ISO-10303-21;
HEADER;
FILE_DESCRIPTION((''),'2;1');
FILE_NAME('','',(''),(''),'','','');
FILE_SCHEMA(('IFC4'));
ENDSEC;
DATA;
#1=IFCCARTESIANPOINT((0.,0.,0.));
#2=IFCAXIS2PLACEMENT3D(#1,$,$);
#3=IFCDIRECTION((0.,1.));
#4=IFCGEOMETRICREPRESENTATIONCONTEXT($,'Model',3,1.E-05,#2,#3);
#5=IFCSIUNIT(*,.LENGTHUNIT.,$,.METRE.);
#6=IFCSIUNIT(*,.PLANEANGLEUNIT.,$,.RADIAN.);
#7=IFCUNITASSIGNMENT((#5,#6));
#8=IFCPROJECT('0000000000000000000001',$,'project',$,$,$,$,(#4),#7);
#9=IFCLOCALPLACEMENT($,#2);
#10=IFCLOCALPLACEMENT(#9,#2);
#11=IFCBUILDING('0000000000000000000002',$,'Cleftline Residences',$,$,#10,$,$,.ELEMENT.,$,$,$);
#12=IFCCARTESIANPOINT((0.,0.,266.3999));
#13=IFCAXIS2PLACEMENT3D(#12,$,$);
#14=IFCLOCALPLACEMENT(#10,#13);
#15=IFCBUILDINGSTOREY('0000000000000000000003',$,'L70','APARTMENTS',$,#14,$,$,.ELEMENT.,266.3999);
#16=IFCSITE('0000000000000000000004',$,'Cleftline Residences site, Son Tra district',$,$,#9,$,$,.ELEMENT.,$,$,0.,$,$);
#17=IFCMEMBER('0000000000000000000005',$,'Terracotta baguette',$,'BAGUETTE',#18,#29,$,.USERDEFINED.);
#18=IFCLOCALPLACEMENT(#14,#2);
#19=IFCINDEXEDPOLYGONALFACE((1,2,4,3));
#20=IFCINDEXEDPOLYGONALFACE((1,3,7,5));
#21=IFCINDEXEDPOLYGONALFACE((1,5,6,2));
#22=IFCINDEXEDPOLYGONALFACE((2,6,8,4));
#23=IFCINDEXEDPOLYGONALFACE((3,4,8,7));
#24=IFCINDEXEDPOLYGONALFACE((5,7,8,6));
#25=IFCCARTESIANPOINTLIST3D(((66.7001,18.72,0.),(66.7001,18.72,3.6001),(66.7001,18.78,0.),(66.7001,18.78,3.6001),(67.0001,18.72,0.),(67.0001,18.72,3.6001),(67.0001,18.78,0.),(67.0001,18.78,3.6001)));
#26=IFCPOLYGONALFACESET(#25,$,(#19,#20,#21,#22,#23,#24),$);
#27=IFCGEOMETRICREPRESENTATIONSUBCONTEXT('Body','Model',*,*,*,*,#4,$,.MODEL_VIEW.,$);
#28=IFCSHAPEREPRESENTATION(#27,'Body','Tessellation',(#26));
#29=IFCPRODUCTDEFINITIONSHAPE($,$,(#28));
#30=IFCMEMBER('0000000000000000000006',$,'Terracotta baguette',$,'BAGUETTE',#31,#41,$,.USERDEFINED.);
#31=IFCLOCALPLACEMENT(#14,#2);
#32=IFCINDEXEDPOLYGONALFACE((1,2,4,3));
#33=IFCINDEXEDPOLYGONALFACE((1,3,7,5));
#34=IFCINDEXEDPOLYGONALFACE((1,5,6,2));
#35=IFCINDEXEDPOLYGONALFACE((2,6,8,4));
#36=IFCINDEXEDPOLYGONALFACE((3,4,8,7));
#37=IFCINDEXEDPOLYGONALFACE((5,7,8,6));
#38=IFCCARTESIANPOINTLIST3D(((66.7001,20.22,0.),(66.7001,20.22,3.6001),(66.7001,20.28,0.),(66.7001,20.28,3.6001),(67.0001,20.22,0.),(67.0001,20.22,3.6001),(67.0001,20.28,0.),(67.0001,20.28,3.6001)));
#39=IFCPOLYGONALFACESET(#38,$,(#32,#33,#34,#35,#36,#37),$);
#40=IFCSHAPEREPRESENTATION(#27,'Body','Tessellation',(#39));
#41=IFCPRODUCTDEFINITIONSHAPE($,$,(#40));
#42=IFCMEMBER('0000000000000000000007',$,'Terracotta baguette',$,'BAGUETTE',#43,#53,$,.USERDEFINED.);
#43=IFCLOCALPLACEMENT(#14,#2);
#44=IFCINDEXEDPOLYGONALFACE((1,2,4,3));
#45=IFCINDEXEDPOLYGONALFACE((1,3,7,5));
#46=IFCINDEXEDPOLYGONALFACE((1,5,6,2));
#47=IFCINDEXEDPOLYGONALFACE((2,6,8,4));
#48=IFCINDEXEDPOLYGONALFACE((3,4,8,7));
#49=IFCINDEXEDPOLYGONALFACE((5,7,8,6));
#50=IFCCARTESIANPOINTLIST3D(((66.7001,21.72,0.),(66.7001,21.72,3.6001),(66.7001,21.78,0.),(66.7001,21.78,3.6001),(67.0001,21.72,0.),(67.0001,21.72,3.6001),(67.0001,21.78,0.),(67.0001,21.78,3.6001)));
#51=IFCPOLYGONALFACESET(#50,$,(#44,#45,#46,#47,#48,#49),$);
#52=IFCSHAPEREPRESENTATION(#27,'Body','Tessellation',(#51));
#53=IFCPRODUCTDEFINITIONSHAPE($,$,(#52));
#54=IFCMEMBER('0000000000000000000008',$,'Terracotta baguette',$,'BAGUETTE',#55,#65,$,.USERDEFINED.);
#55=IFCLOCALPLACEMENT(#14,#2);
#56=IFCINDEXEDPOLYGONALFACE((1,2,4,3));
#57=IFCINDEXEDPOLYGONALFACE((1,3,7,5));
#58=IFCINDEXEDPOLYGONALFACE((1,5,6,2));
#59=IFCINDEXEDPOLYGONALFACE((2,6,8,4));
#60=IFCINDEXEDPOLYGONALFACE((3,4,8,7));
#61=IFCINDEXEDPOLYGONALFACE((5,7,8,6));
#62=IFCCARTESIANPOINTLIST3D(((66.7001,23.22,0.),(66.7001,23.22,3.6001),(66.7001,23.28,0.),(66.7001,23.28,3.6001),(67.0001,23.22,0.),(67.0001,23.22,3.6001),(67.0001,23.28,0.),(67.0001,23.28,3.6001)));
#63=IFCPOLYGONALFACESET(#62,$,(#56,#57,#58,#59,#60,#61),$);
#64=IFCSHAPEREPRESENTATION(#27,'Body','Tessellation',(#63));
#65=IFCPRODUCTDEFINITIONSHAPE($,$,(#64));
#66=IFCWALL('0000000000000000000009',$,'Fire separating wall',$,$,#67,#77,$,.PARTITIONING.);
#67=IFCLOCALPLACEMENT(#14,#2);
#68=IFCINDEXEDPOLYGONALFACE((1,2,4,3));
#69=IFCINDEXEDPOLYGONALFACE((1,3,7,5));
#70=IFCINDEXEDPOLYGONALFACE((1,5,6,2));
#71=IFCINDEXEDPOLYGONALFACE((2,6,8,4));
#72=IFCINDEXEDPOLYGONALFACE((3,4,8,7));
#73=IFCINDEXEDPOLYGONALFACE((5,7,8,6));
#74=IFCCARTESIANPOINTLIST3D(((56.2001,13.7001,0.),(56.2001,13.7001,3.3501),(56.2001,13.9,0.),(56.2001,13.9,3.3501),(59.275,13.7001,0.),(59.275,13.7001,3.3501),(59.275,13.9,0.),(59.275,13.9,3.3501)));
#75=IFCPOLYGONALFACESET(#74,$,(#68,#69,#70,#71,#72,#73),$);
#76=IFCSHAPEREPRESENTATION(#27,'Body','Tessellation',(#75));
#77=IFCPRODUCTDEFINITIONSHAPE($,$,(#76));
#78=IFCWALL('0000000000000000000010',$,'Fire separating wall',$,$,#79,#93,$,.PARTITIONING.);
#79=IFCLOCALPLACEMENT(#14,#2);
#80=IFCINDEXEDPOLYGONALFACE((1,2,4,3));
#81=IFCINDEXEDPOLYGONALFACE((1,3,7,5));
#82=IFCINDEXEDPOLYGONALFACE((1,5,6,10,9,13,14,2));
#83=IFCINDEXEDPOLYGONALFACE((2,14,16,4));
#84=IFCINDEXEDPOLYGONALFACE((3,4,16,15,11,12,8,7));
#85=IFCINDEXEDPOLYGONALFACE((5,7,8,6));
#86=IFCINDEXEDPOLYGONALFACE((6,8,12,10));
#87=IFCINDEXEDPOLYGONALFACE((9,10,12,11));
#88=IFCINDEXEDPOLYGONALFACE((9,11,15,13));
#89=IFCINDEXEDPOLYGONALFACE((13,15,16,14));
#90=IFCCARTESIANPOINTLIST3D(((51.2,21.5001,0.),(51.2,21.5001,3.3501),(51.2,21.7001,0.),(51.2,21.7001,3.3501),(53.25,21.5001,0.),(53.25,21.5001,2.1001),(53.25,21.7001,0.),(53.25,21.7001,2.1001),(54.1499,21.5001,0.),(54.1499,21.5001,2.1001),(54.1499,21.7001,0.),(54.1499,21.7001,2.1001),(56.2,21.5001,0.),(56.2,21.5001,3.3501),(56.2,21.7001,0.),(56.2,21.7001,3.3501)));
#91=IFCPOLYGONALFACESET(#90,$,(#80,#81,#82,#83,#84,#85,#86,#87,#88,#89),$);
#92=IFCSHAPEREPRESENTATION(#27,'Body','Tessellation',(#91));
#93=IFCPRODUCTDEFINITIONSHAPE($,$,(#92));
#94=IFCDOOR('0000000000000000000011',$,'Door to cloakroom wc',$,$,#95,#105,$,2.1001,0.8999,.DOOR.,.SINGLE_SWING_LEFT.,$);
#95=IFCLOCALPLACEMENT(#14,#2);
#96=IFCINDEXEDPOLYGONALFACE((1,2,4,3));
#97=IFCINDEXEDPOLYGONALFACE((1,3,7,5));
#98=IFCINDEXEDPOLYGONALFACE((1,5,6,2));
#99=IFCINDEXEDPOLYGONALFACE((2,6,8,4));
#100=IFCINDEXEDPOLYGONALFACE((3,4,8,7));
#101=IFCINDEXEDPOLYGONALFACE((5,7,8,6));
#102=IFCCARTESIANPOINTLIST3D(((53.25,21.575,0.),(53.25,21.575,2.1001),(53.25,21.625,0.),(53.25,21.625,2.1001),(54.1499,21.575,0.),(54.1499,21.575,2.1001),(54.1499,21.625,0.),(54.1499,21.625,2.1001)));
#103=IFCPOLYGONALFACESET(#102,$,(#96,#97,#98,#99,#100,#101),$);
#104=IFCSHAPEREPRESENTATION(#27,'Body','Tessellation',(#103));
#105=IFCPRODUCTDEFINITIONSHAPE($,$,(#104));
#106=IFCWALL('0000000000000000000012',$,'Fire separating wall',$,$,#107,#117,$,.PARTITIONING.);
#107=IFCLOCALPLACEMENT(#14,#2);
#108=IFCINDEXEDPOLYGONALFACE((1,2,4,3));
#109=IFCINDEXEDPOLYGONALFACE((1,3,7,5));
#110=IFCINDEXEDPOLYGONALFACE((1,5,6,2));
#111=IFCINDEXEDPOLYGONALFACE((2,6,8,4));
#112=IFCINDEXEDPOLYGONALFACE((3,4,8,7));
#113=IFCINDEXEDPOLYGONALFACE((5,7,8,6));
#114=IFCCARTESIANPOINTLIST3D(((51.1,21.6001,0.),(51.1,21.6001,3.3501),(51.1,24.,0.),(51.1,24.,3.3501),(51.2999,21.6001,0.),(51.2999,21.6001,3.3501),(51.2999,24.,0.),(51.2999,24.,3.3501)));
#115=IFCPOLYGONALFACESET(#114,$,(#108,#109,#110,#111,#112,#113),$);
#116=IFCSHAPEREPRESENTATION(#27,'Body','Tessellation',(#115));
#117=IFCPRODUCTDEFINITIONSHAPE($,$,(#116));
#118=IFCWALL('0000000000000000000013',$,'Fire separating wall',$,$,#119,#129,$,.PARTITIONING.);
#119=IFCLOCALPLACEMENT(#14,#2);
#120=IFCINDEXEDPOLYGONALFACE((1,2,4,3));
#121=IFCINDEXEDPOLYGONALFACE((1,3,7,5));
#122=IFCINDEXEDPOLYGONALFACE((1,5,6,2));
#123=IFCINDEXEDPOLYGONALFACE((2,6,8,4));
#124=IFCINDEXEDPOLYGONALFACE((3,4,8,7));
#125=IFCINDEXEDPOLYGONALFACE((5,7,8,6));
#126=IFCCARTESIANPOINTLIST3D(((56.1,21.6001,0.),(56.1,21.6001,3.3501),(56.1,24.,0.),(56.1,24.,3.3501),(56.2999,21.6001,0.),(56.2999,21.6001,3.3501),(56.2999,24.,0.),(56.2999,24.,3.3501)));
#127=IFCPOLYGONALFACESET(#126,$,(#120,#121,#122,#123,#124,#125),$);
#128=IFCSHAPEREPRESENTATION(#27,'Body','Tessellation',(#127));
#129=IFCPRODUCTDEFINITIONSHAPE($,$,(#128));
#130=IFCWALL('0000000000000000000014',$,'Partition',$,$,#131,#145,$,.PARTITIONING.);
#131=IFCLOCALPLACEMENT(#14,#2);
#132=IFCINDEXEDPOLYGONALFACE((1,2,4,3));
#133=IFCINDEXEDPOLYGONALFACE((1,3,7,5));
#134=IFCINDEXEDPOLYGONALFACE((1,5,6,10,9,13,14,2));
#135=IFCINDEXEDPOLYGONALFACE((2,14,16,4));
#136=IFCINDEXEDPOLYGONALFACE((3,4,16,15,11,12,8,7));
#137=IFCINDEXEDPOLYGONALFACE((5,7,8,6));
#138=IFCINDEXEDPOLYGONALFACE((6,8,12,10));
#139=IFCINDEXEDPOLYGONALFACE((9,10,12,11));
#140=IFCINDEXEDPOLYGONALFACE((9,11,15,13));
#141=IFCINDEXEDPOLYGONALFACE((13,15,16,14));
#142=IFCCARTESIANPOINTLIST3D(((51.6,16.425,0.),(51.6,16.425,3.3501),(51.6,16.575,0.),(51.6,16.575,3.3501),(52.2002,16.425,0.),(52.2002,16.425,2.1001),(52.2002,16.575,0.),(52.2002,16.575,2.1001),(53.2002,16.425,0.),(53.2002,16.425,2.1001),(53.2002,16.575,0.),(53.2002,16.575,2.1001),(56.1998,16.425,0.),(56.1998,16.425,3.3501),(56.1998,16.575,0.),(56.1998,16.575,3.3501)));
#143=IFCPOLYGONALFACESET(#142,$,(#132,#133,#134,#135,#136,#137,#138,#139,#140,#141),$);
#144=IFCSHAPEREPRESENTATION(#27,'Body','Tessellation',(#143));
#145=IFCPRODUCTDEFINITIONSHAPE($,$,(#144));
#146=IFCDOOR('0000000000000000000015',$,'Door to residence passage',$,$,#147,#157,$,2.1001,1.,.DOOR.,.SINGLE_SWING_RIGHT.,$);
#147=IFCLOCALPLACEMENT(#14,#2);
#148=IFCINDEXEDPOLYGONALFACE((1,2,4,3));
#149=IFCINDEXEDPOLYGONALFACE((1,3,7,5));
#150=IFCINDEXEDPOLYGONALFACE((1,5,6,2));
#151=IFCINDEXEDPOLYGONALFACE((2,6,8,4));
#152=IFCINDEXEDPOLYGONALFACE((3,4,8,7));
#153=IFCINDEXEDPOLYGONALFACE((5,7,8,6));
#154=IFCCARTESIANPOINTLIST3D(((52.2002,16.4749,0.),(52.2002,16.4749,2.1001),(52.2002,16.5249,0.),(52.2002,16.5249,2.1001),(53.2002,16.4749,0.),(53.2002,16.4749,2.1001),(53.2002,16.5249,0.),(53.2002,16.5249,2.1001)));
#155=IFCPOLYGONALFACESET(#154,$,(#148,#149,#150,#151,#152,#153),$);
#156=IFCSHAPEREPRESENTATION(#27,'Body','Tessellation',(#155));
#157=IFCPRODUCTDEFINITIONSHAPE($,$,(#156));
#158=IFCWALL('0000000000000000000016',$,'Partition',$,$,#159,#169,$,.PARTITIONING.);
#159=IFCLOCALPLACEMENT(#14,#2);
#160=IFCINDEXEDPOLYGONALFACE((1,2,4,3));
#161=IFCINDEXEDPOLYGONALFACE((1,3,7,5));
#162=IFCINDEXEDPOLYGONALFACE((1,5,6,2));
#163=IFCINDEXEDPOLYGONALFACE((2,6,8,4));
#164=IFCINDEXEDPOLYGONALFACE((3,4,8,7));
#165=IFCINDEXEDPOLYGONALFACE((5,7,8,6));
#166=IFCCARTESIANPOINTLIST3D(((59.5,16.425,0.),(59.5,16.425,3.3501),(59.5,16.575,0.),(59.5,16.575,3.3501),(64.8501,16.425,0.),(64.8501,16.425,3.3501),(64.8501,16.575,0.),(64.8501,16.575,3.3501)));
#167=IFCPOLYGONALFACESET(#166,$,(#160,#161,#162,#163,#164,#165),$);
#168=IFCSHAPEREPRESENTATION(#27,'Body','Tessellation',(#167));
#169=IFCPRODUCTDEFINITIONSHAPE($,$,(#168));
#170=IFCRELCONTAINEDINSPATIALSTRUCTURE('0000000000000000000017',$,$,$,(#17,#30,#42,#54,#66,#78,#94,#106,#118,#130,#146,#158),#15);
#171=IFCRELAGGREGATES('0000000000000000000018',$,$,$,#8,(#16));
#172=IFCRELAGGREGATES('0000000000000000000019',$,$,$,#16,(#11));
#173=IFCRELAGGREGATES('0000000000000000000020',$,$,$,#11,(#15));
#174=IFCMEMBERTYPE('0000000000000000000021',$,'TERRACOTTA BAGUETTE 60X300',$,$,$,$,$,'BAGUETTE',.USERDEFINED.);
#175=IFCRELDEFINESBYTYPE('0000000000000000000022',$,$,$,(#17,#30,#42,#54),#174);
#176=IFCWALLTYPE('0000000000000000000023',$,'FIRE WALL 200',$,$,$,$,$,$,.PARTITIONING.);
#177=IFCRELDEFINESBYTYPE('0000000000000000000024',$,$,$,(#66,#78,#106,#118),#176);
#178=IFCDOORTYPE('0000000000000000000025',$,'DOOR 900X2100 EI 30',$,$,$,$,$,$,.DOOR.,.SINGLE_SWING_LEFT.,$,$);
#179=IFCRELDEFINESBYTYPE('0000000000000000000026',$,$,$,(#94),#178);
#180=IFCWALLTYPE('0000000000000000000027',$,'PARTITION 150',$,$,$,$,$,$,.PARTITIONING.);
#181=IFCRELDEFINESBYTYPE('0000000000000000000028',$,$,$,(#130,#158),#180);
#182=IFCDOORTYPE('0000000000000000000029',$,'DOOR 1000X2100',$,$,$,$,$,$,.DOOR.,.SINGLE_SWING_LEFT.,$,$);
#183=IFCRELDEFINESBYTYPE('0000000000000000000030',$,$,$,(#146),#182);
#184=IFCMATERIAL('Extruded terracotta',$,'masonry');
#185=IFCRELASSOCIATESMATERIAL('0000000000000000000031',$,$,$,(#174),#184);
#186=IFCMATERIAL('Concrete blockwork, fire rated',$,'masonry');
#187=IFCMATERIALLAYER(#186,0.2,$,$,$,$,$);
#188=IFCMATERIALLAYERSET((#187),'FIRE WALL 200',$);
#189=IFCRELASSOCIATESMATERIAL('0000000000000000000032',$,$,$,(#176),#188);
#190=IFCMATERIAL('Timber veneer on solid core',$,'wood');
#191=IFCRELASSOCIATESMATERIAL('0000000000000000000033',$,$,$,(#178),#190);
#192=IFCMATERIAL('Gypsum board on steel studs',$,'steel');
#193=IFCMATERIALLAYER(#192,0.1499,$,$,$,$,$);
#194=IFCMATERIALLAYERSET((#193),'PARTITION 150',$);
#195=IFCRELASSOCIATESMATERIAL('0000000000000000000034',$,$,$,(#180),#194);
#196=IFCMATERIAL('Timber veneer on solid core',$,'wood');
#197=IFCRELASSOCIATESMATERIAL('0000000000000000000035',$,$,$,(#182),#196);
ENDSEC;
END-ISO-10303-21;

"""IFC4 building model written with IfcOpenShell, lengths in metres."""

from ifc_helpers import new_model, si_unit, direction, frame, frame_2d, origin, origin_2d, place, context, subcontext, project, spatial, rectangle, extrude, material, layer, layer_set, material_profile, profile_set, type_object, element, fill, save


model = new_model("IFC4")

# Units and contexts
model_context = context("Model", 3, precision=1e-05, world=origin(), true_north=direction((0.0, 1.0)))
body_context = subcontext(model_context, "Body", "Model", "MODEL_VIEW")
ifc_project = project(units=[si_unit("LENGTHUNIT", "METRE"), si_unit("PLANEANGLEUNIT", "RADIAN")], contexts=[model_context])

# Site, building, storey
site_placement = place(None, origin())
site = spatial("IfcSite", under=ifc_project, at=site_placement, Name="Cleftline Residences site, Son Tra district", CompositionType="ELEMENT", RefElevation=0.0)
building_placement = place(site_placement, origin())
building = spatial("IfcBuilding", under=site, at=building_placement, Name="Cleftline Residences", CompositionType="ELEMENT")
storey_placement = place(building_placement, frame((0.0, 0.0, 266.3999)))
storey = spatial("IfcBuildingStorey", under=building, at=storey_placement, Name="L70", Description="APARTMENTS", CompositionType="ELEMENT", Elevation=266.3999)

# Members
ifc_material_1 = material(Name="Extruded terracotta", Category="masonry")
ifc_material_profile_1 = material_profile(ifc_material_1, rectangle(XDim=0.0601, YDim=0.3, at=origin_2d()))
ifc_profile_set_1 = profile_set([ifc_material_profile_1], Name="Extruded terracotta")
member_type_1 = type_object("IfcMemberType", Name="TERRACOTTA BAGUETTE 60X300", ElementType="BAGUETTE", PredefinedType="USERDEFINED", material=ifc_profile_set_1)
for number, where, z_axis, x_axis, name in (
    (1, (66.8501, 18.75, 0.0), (0.0, 0.0, 1.0), (0.0, 1.0, 0.0), "Terracotta baguette"),
    (2, (66.8501, 20.25, 0.0), (0.0, 0.0, 1.0), (0.0, 1.0, 0.0), "Terracotta baguette"),
    (3, (66.8501, 21.75, 0.0), (0.0, 0.0, 1.0), (0.0, 1.0, 0.0), "Terracotta baguette"),
    (4, (66.8501, 23.25, 0.0), (0.0, 0.0, 1.0), (0.0, 1.0, 0.0), "Terracotta baguette"),
):
    element("IfcMember", number, at=place(storey_placement, frame(where, z_axis=z_axis, x_axis=x_axis)), inside=storey, type_object=member_type_1, Name=name, ObjectType="BAGUETTE", PredefinedType="USERDEFINED", context=body_context, shape_type="SweptSolid", body=[
        extrude(rectangle(XDim=0.0601, YDim=0.3, at=origin_2d()), origin(), (0.0, 0.0, 1.0), 3.6001),
    ])

# Wall
ifc_material_2 = material(Name="Concrete blockwork, fire rated", Category="masonry")
ifc_layer_1 = layer(ifc_material_2, 0.2)
ifc_layer_set_1 = layer_set([ifc_layer_1], Name="FIRE WALL 200")
wall_type_1 = type_object("IfcWallType", Name="FIRE WALL 200", PredefinedType="PARTITIONING", material=ifc_layer_set_1)
wall_1_placement = place(storey_placement, frame((56.2, 13.8, 0.0), z_axis=(0.0, 0.0, 1.0), x_axis=(1.0, 0.0, 0.0)))
element("IfcWall", 5, at=wall_1_placement, inside=storey, type_object=wall_type_1, Name="Fire separating wall", PredefinedType="PARTITIONING", context=body_context, shape_type="SweptSolid", body=[
    extrude(rectangle(XDim=3.075, YDim=0.2, at=frame_2d((1.5376, 0.0))), origin(), (0.0, 0.0, 1.0), 3.3501),
])

# Wall, opening, door
wall_2_placement = place(storey_placement, frame((51.2, 21.6001, 0.0), z_axis=(0.0, 0.0, 1.0), x_axis=(1.0, 0.0, 0.0)))
wall_2 = element("IfcWall", 6, at=wall_2_placement, inside=storey, type_object=wall_type_1, Name="Fire separating wall", PredefinedType="PARTITIONING", context=body_context, shape_type="SweptSolid", body=[
    extrude(rectangle(XDim=5.0, YDim=0.2, at=frame_2d((2.5, 0.0))), origin(), (0.0, 0.0, 1.0), 3.3501),
])
opening_1_placement = place(wall_2_placement, frame((2.05, 0.0, 0.0)))
opening_1 = element("IfcOpeningElement", 7, at=opening_1_placement, cuts=wall_2, PredefinedType="OPENING", context=body_context, shape_type="SweptSolid", body=[
    extrude(rectangle(XDim=0.8999, YDim=2.1001, at=frame_2d((0.45, 1.05))), frame((0.0, 0.1099, 0.0), z_axis=(0.0, -1.0, 0.0), x_axis=(1.0, 0.0, 0.0)), (0.0, 0.0, 1.0), 0.22),
])
ifc_material_3 = material(Name="Timber veneer on solid core", Category="wood")
door_type_1 = type_object("IfcDoorType", Name="DOOR 900X2100 EI 30", OperationType="SINGLE_SWING_LEFT", PredefinedType="DOOR", material=ifc_material_3)
door_1_placement = place(opening_1_placement, origin())
door_1 = element("IfcDoor", 8, at=door_1_placement, inside=storey, type_object=door_type_1, Name="Door to cloakroom wc", OperationType="SINGLE_SWING_LEFT", OverallHeight=2.1001, OverallWidth=0.8999, PredefinedType="DOOR", context=body_context, shape_type="SweptSolid", body=[
    extrude(rectangle(XDim=0.8999, YDim=2.1001, at=frame_2d((0.45, 1.05))), frame((0.0, 0.0249, 0.0), z_axis=(0.0, -1.0, 0.0), x_axis=(1.0, 0.0, 0.0)), (0.0, 0.0, 1.0), 0.05),
])
fill(opening_1, door_1)

# Walls
for number, where, z_axis, x_axis, name in (
    (9, (51.2, 21.6001, 0.0), (0.0, 0.0, 1.0), (0.0, 1.0, 0.0), "Fire separating wall"),
    (10, (56.2, 21.6001, 0.0), (0.0, 0.0, 1.0), (0.0, 1.0, 0.0), "Fire separating wall"),
):
    element("IfcWall", number, at=place(storey_placement, frame(where, z_axis=z_axis, x_axis=x_axis)), inside=storey, type_object=wall_type_1, Name=name, PredefinedType="PARTITIONING", context=body_context, shape_type="SweptSolid", body=[
        extrude(rectangle(XDim=2.3999, YDim=0.2, at=frame_2d((1.2, 0.0))), origin(), (0.0, 0.0, 1.0), 3.3501),
    ])

# Wall, opening, door
ifc_material_4 = material(Name="Gypsum board on steel studs", Category="steel")
ifc_layer_2 = layer(ifc_material_4, 0.1499)
ifc_layer_set_2 = layer_set([ifc_layer_2], Name="PARTITION 150")
wall_type_2 = type_object("IfcWallType", Name="PARTITION 150", PredefinedType="PARTITIONING", material=ifc_layer_set_2)
wall_3_placement = place(storey_placement, frame((51.6001, 16.5, 0.0), z_axis=(0.0, 0.0, 1.0), x_axis=(1.0, 0.0, 0.0)))
wall_3 = element("IfcWall", 11, at=wall_3_placement, inside=storey, type_object=wall_type_2, Name="Partition", PredefinedType="PARTITIONING", context=body_context, shape_type="SweptSolid", body=[
    extrude(rectangle(XDim=4.5999, YDim=0.1499, at=frame_2d((2.2998, 0.0))), origin(), (0.0, 0.0, 1.0), 3.3501),
])
opening_2_placement = place(wall_3_placement, frame((0.6001, 0.0, 0.0)))
opening_2 = element("IfcOpeningElement", 12, at=opening_2_placement, cuts=wall_3, PredefinedType="OPENING", context=body_context, shape_type="SweptSolid", body=[
    extrude(rectangle(XDim=1.0, YDim=2.1001, at=frame_2d((0.5, 1.05))), frame((0.0, 0.085, 0.0), z_axis=(0.0, -1.0, 0.0), x_axis=(1.0, 0.0, 0.0)), (0.0, 0.0, 1.0), 0.1699),
])
ifc_material_5 = material(Name="Timber veneer on solid core", Category="wood")
door_type_2 = type_object("IfcDoorType", Name="DOOR 1000X2100", OperationType="SINGLE_SWING_LEFT", PredefinedType="DOOR", material=ifc_material_5)
door_2_placement = place(opening_2_placement, origin())
door_2 = element("IfcDoor", 13, at=door_2_placement, inside=storey, type_object=door_type_2, Name="Door to residence passage", OperationType="SINGLE_SWING_RIGHT", OverallHeight=2.1001, OverallWidth=1.0, PredefinedType="DOOR", context=body_context, shape_type="SweptSolid", body=[
    extrude(rectangle(XDim=1.0, YDim=2.1001, at=frame_2d((0.5, 1.05))), frame((0.0, 0.0249, 0.0), z_axis=(0.0, -1.0, 0.0), x_axis=(1.0, 0.0, 0.0)), (0.0, 0.0, 1.0), 0.05),
])
fill(opening_2, door_2)

# Wall
wall_4_placement = place(storey_placement, frame((59.5, 16.5, 0.0), z_axis=(0.0, 0.0, 1.0), x_axis=(1.0, 0.0, 0.0)))
element("IfcWall", 14, at=wall_4_placement, inside=storey, type_object=wall_type_2, Name="Partition", PredefinedType="PARTITIONING", context=body_context, shape_type="SweptSolid", body=[
    extrude(rectangle(XDim=5.3501, YDim=0.1499, at=frame_2d((2.675, 0.0))), origin(), (0.0, 0.0, 1.0), 3.3501),
])

save(model, "model.ifc")
